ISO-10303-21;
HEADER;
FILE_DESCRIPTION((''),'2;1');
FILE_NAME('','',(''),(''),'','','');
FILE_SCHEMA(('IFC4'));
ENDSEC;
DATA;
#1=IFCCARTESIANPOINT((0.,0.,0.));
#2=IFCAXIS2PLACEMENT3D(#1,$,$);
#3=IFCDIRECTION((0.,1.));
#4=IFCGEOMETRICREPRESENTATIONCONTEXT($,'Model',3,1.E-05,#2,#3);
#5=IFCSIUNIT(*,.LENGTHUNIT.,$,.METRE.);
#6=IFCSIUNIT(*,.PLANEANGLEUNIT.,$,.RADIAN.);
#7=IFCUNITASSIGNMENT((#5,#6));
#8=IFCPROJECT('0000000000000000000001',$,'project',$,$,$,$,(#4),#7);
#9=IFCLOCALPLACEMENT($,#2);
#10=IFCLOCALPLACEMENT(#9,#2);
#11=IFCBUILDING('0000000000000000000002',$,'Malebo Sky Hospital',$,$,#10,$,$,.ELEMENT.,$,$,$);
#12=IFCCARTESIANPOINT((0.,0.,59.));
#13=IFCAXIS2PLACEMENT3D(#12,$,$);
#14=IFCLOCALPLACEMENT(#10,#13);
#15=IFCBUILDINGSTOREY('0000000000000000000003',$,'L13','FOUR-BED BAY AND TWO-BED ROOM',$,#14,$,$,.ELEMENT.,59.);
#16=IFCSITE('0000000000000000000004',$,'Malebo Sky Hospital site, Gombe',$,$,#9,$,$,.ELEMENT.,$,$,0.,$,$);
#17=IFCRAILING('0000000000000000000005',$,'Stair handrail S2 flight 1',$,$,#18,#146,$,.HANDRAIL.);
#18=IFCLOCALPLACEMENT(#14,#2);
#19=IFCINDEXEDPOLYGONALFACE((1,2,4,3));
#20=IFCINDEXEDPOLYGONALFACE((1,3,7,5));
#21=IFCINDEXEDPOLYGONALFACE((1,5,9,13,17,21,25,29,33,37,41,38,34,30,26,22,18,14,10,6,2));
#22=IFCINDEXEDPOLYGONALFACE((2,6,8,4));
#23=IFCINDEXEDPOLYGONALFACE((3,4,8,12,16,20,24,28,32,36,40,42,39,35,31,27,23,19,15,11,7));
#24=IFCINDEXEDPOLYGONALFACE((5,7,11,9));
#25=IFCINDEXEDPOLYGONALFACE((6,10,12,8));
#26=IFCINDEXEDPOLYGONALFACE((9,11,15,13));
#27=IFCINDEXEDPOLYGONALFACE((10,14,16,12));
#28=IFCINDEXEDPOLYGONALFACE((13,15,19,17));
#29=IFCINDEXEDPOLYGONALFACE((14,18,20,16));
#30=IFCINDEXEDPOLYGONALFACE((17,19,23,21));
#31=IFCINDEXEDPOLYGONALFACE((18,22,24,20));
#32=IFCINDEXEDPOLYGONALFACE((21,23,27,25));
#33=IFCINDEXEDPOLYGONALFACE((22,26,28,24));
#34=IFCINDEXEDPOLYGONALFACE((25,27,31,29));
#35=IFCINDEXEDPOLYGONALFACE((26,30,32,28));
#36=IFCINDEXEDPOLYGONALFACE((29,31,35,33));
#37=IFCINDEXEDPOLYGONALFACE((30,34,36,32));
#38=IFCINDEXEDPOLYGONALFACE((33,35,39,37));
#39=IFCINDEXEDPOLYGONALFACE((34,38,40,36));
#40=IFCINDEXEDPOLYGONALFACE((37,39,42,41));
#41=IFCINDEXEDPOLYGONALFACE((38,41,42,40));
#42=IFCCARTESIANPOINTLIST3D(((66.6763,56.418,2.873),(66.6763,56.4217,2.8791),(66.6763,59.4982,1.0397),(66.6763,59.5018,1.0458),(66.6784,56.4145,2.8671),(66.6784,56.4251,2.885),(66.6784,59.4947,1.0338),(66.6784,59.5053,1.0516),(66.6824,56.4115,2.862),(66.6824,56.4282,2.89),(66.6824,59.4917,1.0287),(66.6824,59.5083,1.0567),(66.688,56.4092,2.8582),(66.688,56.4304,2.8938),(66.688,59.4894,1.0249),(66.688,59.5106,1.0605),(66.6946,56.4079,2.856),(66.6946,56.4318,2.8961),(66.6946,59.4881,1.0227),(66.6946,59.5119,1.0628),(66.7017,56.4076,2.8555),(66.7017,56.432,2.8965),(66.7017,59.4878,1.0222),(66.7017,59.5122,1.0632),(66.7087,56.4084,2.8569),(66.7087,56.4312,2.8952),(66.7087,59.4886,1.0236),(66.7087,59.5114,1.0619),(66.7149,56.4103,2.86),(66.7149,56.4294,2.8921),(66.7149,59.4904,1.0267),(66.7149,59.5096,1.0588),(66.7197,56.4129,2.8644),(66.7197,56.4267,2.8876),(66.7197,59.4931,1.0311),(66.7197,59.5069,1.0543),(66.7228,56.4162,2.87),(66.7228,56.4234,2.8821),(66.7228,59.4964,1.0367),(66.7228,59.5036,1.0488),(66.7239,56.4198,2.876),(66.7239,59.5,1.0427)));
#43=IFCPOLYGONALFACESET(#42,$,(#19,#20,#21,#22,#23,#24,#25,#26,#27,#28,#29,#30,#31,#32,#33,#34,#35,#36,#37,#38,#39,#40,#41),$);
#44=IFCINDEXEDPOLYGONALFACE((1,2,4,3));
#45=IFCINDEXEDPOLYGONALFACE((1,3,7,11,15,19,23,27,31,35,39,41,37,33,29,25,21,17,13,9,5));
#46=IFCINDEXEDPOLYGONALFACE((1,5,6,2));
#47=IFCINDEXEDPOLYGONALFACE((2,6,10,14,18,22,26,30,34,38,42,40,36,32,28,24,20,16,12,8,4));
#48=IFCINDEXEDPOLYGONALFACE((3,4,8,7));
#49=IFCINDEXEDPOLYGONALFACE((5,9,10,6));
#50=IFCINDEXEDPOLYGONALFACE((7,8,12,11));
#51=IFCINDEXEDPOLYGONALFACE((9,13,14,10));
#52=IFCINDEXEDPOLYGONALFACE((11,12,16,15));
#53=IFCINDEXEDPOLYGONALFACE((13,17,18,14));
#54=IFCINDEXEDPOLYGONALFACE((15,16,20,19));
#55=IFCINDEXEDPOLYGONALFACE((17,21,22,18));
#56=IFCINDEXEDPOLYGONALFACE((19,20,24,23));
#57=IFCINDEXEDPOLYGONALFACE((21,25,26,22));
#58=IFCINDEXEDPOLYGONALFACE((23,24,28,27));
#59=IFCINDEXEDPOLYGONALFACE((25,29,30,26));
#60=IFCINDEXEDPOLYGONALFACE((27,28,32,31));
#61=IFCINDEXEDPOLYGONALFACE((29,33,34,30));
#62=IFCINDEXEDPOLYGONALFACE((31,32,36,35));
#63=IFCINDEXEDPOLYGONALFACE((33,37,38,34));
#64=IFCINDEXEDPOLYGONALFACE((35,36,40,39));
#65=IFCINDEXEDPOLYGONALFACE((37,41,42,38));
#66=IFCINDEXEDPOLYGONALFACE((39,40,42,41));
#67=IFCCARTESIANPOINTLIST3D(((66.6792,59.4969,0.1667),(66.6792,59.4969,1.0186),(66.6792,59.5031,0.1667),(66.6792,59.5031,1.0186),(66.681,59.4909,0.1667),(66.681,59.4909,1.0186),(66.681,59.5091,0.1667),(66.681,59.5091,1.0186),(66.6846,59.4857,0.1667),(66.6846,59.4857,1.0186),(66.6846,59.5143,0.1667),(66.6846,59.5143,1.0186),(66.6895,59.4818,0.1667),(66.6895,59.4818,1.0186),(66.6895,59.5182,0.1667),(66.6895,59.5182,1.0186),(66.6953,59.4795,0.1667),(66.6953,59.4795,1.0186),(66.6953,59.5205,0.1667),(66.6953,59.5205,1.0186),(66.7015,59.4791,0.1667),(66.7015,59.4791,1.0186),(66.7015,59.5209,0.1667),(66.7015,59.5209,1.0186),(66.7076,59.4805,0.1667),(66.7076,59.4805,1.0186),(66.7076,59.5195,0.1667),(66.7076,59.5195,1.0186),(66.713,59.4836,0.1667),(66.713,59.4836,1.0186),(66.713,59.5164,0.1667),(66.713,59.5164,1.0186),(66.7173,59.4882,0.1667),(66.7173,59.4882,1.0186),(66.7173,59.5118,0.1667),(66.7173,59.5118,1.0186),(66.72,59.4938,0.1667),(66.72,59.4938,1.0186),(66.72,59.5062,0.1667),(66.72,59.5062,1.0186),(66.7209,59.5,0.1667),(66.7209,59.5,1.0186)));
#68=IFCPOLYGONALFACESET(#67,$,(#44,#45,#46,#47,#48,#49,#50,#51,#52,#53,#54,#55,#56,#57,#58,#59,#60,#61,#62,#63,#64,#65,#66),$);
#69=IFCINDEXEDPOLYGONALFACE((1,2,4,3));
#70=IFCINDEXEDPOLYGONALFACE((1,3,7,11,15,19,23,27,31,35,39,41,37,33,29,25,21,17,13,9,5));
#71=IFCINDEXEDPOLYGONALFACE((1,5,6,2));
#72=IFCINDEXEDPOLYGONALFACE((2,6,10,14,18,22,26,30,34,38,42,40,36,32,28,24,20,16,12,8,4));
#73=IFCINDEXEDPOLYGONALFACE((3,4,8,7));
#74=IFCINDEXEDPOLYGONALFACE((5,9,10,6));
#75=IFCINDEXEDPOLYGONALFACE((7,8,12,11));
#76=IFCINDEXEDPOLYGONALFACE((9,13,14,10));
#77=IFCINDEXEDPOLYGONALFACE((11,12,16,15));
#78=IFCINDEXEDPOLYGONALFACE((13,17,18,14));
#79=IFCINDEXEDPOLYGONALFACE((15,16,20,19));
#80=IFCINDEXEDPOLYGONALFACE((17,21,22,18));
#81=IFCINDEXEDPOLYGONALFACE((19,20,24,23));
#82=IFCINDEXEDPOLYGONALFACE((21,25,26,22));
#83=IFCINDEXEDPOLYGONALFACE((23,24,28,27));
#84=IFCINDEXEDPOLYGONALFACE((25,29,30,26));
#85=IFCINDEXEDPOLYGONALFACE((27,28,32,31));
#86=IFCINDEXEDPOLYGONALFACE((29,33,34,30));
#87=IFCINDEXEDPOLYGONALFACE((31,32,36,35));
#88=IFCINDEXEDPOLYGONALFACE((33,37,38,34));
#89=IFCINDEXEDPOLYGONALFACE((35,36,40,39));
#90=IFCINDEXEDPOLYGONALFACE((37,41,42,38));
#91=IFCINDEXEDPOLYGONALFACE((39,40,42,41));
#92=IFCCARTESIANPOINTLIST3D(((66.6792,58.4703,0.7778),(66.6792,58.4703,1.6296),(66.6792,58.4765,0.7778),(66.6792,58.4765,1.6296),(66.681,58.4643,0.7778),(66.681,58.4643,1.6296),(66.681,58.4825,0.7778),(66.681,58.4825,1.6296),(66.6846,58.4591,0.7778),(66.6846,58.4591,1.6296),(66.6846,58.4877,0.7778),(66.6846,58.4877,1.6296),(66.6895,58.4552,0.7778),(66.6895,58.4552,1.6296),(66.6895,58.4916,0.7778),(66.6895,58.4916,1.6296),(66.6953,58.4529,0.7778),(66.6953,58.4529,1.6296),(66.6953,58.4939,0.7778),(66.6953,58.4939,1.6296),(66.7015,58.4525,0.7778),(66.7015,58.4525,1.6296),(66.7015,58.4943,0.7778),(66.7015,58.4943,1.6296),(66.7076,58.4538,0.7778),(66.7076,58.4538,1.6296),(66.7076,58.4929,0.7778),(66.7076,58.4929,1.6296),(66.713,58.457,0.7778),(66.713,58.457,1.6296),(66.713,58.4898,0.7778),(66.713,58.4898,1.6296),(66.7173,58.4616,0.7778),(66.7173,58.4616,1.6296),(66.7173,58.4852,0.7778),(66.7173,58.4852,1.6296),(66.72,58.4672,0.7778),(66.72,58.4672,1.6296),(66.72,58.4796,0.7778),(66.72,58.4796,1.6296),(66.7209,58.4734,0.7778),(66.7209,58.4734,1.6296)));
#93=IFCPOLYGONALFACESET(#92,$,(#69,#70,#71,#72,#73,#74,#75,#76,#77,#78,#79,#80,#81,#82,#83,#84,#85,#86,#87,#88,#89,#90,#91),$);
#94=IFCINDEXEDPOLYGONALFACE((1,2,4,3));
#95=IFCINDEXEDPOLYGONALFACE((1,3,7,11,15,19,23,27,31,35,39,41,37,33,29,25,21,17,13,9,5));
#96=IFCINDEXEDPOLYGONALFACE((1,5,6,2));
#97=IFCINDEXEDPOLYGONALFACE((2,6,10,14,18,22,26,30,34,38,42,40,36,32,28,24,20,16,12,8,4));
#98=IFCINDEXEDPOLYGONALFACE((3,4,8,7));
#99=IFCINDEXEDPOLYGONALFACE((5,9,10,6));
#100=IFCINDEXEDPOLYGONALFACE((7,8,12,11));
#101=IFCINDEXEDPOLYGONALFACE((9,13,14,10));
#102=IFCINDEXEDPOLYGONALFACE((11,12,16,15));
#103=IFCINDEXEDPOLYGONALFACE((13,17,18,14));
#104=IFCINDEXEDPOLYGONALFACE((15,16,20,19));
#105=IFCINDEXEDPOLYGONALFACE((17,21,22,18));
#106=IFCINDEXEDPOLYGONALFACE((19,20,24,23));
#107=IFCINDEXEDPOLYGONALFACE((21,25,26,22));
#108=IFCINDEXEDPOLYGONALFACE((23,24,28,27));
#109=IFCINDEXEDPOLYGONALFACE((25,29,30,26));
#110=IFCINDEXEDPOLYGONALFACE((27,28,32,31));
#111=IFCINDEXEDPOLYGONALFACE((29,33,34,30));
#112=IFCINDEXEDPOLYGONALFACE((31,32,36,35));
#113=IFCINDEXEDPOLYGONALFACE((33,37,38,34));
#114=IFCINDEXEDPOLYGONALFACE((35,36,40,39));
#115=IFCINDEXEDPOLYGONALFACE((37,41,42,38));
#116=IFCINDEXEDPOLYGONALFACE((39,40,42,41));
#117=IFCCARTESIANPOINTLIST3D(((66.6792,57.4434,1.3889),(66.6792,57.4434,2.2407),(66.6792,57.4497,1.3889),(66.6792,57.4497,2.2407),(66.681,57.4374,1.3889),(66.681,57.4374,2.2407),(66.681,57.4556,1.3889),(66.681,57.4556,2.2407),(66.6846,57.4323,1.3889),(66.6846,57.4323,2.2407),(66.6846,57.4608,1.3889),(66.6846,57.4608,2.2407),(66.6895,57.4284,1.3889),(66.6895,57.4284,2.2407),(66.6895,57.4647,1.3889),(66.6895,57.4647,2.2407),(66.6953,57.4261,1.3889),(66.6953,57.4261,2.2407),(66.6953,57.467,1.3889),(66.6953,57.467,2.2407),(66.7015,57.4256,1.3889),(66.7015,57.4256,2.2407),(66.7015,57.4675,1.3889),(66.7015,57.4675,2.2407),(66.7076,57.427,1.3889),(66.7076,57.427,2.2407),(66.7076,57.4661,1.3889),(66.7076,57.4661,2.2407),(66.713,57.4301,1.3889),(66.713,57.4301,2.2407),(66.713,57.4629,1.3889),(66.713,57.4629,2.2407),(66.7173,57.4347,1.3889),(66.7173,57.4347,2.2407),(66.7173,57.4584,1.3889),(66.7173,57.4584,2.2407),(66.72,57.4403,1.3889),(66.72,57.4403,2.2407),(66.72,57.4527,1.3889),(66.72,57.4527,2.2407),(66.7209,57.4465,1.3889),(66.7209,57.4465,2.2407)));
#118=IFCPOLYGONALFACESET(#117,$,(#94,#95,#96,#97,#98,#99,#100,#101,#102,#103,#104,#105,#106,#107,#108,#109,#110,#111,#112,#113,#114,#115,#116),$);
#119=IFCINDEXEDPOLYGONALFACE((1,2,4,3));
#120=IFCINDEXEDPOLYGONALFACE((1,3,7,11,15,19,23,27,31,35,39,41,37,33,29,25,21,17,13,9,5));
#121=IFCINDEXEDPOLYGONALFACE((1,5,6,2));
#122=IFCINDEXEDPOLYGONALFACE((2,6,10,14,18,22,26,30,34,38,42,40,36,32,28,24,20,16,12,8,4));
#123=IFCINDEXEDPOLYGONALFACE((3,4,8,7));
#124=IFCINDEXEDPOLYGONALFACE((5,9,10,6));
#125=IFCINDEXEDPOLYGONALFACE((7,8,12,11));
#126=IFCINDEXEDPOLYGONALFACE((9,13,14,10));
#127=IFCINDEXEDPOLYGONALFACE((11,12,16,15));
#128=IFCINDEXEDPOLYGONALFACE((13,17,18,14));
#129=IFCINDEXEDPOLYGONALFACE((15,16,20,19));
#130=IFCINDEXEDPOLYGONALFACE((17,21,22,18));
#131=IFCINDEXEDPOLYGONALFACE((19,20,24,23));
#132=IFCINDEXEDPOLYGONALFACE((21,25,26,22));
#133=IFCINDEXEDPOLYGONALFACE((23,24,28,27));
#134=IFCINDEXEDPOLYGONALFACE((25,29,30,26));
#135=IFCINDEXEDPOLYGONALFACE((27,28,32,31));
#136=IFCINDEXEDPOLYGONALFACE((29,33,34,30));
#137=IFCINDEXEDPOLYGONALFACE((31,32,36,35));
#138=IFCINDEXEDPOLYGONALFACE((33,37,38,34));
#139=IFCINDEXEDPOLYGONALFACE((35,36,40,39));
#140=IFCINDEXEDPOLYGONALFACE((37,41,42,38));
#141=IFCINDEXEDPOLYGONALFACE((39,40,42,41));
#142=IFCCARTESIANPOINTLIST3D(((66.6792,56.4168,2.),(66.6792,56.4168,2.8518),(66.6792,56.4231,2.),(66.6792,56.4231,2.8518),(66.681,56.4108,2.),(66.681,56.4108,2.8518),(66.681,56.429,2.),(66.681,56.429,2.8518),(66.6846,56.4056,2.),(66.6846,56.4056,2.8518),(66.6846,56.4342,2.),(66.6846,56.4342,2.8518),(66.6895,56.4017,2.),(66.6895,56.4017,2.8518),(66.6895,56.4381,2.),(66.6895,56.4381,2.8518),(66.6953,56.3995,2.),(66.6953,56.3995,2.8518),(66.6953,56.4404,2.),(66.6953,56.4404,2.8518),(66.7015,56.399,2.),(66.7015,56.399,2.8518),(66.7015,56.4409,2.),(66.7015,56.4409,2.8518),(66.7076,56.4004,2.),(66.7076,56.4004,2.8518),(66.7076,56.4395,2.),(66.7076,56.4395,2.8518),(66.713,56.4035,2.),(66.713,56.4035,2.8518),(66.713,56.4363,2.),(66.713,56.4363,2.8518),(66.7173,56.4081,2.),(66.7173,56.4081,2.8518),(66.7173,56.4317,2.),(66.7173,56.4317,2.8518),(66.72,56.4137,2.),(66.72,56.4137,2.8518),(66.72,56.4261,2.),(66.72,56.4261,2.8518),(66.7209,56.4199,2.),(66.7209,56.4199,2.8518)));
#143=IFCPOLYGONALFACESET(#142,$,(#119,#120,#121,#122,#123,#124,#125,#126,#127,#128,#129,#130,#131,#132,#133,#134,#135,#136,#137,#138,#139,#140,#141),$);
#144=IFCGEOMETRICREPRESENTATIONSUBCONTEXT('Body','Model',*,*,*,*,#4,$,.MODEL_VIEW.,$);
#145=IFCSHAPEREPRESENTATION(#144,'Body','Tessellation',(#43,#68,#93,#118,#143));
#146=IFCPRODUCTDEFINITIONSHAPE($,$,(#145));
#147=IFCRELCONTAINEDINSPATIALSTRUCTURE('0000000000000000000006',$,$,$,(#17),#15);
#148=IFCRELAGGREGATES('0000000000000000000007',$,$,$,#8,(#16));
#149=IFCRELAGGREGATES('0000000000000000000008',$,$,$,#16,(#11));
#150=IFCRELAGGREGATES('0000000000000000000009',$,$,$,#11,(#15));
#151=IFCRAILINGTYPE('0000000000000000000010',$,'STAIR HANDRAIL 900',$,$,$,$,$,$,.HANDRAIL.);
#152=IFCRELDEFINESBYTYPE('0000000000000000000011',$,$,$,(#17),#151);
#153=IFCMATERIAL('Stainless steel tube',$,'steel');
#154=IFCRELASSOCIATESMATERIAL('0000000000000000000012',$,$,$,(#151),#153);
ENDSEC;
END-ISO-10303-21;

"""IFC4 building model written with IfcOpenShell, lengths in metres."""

from ifc_helpers import new_model, si_unit, direction, frame, origin, origin_2d, place, context, subcontext, project, spatial, circle, extrude, material, type_object, element, save


model = new_model("IFC4")

# Units and contexts
model_context = context("Model", 3, precision=1e-05, world=origin(), true_north=direction((0.0, 1.0)))
body_context = subcontext(model_context, "Body", "Model", "MODEL_VIEW")
ifc_project = project(units=[si_unit("LENGTHUNIT", "METRE"), si_unit("PLANEANGLEUNIT", "RADIAN")], contexts=[model_context])

# Site, building, storey
site_placement = place(None, origin())
site = spatial("IfcSite", under=ifc_project, at=site_placement, Name="Malebo Sky Hospital site, Gombe", CompositionType="ELEMENT", RefElevation=0.0)
building_placement = place(site_placement, origin())
building = spatial("IfcBuilding", under=site, at=building_placement, Name="Malebo Sky Hospital", CompositionType="ELEMENT")
storey_placement = place(building_placement, frame((0.0, 0.0, 59.0)))
storey = spatial("IfcBuildingStorey", under=building, at=storey_placement, Name="L13", Description="FOUR-BED BAY AND TWO-BED ROOM", CompositionType="ELEMENT", Elevation=59.0)

# Railing
ifc_material_1 = material(Name="Stainless steel tube", Category="steel")
railing_type = type_object("IfcRailingType", Name="STAIR HANDRAIL 900", PredefinedType="HANDRAIL", material=ifc_material_1)
railing_1_placement = place(storey_placement, frame((66.7, 59.5, 0.1667)))
element("IfcRailing", 1, at=railing_1_placement, inside=storey, type_object=railing_type, Name="Stair handrail S2 flight 1", PredefinedType="HANDRAIL", context=body_context, shape_type="SweptSolid", body=[
    extrude(circle(Radius=0.0239, at=origin_2d()), frame((0.0, 0.0, 0.876), z_axis=(0.0, -0.859309, 0.511458), x_axis=(1.0, 0.0, 0.0)), (0.0, 0.0, 1.0), 3.5845),
    extrude(circle(Radius=0.021, at=origin_2d()), origin(), (0.0, 0.0, 1.0), 0.8518),
    extrude(circle(Radius=0.021, at=origin_2d()), frame((0.0, -1.0266, 0.6111)), (0.0, 0.0, 1.0), 0.8518),
    extrude(circle(Radius=0.021, at=origin_2d()), frame((0.0, -2.0535, 1.2222)), (0.0, 0.0, 1.0), 0.8518),
    extrude(circle(Radius=0.021, at=origin_2d()), frame((0.0, -3.0801, 1.8333)), (0.0, 0.0, 1.0), 0.8518),
])

save(model, "model.ifc")
